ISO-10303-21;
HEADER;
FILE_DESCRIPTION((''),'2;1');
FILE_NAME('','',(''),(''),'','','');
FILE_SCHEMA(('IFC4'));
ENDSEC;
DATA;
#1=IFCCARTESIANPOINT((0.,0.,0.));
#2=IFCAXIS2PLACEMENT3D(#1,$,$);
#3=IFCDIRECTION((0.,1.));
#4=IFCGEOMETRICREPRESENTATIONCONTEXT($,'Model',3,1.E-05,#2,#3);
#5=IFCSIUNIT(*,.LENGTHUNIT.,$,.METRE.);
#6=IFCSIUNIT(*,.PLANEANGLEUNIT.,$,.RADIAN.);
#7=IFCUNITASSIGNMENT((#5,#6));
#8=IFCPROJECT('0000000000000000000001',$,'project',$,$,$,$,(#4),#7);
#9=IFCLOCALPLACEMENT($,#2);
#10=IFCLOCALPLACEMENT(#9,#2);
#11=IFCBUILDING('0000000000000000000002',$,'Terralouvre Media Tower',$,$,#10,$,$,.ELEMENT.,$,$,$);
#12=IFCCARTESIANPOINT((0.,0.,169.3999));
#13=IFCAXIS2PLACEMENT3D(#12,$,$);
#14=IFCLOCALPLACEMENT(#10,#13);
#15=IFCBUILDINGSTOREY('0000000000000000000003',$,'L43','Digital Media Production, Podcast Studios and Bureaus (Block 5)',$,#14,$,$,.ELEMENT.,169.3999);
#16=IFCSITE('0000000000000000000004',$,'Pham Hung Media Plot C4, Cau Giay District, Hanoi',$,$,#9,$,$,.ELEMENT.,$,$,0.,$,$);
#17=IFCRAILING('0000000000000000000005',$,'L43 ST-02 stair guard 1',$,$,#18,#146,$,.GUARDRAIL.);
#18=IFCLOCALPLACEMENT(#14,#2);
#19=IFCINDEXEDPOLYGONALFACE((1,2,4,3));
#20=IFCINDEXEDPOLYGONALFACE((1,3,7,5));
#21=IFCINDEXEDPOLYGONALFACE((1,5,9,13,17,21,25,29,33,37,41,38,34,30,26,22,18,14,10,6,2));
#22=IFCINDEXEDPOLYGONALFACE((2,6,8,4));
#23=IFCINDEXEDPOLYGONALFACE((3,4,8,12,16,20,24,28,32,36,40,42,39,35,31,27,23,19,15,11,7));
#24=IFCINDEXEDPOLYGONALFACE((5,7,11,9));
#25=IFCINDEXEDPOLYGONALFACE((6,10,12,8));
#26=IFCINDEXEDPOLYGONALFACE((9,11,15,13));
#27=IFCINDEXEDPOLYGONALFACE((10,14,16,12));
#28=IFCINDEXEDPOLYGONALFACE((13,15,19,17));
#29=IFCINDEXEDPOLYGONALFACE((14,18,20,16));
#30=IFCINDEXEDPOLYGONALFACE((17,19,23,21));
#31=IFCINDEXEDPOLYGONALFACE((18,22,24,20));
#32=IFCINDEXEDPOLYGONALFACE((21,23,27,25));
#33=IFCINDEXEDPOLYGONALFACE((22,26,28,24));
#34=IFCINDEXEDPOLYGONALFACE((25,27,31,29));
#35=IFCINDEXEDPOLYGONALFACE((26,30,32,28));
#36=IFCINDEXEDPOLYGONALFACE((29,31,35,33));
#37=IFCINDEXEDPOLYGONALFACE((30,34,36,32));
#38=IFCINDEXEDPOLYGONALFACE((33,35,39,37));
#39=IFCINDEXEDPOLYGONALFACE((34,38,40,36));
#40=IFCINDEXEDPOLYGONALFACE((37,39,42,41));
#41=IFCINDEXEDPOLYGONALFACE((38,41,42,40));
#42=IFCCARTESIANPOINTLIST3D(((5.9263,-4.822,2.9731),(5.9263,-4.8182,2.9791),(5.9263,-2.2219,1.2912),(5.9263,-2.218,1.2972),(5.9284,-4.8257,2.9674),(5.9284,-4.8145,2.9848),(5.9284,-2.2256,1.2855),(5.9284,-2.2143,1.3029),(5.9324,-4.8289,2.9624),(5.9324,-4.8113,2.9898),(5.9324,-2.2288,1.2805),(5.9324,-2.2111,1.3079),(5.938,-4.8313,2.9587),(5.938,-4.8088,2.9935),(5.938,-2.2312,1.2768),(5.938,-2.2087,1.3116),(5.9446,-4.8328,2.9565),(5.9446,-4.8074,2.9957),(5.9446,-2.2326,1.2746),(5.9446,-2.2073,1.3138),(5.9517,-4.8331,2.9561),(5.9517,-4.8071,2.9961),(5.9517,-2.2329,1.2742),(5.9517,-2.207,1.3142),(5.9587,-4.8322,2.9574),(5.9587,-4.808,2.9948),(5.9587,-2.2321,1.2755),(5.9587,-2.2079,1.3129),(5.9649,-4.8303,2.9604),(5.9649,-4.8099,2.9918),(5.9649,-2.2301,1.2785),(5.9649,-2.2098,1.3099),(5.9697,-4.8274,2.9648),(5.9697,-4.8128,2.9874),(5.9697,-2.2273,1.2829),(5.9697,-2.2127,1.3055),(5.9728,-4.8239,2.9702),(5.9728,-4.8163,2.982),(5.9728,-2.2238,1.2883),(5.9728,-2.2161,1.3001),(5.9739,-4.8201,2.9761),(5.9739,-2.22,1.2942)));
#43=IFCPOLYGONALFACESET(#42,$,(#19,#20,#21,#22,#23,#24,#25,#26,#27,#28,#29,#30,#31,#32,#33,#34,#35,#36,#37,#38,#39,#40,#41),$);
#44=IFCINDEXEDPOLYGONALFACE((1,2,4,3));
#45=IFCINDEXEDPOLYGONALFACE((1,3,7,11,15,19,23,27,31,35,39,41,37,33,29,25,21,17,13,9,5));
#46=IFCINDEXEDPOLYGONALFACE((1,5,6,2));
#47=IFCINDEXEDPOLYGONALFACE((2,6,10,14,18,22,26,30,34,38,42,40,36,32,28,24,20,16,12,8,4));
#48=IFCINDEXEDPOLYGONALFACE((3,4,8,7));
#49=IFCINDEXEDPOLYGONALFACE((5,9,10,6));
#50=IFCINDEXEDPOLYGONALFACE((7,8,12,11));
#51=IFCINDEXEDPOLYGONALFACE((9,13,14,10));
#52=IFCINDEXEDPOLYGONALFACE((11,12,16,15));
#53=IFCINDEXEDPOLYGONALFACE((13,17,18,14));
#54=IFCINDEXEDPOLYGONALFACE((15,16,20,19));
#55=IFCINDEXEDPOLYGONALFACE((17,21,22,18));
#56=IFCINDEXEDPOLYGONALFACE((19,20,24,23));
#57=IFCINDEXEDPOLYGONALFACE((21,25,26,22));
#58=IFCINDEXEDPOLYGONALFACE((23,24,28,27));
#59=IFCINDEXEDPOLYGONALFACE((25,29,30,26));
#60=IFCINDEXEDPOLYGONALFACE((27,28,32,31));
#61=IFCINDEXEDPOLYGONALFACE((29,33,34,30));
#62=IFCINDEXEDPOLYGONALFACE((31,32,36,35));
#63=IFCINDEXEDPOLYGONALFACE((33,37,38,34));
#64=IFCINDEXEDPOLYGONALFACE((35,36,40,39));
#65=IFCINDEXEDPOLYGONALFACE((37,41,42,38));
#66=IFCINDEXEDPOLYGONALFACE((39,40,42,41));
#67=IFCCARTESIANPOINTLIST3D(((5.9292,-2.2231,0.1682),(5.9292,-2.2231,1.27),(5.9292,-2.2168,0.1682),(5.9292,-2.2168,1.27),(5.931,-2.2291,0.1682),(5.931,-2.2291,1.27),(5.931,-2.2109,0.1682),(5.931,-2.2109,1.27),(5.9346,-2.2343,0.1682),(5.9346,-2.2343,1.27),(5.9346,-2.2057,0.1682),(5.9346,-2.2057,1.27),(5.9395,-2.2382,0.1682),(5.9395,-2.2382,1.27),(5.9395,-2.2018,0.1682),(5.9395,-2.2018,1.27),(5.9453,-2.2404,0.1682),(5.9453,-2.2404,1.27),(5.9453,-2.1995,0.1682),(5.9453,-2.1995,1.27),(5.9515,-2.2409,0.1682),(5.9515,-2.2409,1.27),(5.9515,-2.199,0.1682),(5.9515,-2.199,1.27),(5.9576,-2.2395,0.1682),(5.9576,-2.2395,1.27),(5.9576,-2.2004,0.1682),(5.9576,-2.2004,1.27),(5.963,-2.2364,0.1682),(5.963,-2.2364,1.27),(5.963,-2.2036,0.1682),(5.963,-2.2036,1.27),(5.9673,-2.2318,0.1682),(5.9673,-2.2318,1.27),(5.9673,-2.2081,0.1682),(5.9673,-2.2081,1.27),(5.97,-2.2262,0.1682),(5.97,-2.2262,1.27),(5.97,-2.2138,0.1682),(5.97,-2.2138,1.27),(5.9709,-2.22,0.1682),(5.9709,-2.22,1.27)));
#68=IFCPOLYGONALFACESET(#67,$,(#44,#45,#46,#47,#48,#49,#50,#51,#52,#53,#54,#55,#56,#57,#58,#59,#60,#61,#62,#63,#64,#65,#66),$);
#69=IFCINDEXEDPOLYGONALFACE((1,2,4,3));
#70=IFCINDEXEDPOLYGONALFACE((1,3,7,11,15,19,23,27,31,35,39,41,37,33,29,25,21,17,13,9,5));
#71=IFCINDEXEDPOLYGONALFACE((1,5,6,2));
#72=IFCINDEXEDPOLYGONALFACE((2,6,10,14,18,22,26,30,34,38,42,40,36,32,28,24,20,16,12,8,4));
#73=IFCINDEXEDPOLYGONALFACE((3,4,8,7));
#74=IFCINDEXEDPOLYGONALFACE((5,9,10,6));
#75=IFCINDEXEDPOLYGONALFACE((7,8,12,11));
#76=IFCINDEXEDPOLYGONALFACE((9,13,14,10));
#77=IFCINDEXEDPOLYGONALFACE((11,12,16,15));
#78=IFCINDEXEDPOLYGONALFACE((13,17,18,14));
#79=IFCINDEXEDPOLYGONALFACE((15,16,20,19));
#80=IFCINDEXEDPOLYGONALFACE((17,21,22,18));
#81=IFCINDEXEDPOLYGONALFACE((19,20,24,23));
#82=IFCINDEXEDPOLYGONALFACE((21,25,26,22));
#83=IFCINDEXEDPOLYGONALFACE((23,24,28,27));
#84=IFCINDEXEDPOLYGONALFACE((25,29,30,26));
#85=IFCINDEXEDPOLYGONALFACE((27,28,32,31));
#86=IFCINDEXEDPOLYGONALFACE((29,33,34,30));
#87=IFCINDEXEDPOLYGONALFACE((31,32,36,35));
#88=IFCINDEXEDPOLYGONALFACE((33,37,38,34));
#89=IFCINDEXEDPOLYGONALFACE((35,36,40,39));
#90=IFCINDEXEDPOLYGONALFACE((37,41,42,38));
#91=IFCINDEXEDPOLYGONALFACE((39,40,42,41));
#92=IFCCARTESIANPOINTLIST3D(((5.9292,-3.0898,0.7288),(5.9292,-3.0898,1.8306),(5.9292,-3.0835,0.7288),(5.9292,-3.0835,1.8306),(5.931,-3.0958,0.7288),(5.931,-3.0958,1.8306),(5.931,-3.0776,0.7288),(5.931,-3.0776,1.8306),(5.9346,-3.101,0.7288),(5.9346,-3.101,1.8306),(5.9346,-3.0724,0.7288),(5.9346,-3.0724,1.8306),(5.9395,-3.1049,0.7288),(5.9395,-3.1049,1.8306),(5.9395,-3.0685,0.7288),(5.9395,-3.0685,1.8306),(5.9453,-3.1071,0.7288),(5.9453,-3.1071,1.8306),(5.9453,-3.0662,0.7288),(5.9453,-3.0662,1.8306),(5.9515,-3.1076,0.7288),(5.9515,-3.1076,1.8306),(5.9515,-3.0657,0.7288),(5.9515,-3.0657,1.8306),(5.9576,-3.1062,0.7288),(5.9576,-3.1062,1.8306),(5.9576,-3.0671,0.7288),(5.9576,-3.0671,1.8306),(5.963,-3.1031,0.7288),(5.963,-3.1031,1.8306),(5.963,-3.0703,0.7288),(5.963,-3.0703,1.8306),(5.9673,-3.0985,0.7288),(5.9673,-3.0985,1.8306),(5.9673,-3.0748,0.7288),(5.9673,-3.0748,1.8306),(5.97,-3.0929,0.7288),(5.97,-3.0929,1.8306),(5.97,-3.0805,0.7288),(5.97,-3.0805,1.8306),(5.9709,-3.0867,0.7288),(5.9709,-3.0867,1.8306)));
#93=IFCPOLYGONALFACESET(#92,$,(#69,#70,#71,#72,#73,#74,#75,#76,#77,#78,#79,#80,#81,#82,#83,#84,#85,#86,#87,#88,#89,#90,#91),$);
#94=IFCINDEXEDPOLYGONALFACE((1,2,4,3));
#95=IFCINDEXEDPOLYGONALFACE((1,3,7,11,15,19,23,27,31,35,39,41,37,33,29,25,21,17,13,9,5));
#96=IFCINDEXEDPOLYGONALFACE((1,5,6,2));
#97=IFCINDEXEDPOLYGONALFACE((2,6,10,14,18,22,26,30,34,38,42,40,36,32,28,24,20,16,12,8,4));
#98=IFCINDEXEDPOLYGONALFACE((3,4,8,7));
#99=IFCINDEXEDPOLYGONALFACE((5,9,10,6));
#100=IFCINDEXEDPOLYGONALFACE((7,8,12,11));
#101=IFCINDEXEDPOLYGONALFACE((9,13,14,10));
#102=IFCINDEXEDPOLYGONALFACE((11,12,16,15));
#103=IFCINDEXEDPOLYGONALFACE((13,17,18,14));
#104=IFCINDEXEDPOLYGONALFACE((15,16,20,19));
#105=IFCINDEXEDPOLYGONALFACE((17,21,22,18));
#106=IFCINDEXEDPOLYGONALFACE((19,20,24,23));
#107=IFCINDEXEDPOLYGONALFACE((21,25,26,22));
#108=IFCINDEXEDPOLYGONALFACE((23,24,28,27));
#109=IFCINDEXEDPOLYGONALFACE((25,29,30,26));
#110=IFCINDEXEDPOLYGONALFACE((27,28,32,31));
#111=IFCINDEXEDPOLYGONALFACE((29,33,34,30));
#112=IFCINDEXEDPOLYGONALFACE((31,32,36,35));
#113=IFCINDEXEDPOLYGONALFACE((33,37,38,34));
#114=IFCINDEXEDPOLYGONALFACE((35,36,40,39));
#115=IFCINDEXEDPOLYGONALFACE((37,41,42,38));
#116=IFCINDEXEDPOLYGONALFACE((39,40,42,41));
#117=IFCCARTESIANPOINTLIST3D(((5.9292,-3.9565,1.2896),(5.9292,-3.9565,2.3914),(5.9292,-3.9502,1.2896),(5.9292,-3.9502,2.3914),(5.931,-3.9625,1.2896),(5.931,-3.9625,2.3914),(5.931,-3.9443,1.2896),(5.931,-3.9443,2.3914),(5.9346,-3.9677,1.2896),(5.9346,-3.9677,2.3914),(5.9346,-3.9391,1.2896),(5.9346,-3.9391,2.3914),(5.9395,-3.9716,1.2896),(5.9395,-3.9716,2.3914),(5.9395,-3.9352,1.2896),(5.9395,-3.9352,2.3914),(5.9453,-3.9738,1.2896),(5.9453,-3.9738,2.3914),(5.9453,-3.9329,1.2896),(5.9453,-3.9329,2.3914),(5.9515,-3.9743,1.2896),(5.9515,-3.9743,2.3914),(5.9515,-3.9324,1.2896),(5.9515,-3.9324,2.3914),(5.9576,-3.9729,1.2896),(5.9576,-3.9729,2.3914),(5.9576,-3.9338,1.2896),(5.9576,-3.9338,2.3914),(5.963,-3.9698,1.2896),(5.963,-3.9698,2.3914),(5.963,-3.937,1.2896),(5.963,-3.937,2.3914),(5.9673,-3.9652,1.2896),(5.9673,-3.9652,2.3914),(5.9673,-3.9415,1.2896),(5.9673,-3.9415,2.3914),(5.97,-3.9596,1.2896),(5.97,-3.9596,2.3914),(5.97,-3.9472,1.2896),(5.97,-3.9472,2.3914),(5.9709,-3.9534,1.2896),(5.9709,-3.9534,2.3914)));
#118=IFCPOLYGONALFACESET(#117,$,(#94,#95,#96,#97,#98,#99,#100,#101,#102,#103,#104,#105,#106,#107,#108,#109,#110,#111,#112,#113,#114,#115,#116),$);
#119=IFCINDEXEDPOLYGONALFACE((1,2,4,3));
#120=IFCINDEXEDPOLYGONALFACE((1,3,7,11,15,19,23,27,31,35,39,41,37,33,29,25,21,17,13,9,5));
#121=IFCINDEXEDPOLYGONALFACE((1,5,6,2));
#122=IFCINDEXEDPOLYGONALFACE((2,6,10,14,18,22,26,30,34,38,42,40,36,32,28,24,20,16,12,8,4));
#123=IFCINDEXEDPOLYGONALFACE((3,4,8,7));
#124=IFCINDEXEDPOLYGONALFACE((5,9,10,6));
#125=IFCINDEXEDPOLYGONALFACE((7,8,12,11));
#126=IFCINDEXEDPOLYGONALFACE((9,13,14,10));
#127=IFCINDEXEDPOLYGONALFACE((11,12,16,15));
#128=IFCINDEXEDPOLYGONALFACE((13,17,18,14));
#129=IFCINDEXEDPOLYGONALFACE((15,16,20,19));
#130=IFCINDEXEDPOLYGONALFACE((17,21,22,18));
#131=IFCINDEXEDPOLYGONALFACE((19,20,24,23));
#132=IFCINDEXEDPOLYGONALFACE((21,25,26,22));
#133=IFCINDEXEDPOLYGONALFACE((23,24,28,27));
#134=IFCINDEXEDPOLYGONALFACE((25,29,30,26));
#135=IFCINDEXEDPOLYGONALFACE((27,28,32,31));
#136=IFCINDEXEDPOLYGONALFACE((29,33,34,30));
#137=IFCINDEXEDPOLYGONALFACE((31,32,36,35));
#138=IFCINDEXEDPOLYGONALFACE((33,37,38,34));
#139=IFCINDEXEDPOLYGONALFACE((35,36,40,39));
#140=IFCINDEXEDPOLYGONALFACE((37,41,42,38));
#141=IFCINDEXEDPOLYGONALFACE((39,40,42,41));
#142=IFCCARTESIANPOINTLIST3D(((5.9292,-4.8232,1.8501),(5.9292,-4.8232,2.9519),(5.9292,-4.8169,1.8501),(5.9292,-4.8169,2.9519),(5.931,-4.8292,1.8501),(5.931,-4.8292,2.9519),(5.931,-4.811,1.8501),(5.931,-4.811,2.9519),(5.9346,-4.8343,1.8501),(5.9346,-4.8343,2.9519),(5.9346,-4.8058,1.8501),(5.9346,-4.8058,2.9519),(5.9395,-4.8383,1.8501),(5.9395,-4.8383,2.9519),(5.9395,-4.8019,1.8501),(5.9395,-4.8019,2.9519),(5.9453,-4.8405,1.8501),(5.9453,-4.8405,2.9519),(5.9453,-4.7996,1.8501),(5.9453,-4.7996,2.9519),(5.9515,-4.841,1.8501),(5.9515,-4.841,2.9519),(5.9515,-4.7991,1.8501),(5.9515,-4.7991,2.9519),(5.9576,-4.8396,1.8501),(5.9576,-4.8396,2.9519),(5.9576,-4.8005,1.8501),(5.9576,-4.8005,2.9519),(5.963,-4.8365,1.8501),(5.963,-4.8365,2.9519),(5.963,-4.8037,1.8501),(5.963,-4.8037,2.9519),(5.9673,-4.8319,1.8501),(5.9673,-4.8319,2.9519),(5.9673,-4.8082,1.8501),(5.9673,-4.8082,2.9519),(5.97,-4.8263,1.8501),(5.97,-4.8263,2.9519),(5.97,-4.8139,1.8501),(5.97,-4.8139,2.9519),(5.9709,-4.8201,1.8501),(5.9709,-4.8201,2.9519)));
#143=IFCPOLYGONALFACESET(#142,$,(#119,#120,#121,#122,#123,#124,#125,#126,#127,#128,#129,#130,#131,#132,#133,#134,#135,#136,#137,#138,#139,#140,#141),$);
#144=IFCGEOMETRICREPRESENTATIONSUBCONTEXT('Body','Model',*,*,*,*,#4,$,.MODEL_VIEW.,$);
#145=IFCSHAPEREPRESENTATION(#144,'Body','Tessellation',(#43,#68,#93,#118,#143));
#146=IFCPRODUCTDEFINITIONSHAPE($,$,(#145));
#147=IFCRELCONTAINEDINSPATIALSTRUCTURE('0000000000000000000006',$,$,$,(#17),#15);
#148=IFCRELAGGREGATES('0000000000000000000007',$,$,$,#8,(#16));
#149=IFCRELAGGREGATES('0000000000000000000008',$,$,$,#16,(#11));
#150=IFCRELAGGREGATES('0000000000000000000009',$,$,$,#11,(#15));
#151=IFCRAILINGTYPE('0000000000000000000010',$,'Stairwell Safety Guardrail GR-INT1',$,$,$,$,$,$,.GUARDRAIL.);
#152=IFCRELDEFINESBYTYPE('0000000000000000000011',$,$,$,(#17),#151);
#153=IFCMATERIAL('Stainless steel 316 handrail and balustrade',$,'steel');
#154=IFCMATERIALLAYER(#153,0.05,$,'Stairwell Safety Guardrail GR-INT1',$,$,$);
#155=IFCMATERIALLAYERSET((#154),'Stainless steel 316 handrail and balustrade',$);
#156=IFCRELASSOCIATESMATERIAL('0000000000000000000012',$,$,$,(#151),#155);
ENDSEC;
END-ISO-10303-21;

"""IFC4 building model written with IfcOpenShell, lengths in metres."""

from ifc_helpers import new_model, si_unit, direction, frame, origin, origin_2d, place, context, subcontext, project, spatial, circle, extrude, material, layer, layer_set, type_object, element, save


model = new_model("IFC4")

# Units and contexts
model_context = context("Model", 3, precision=1e-05, world=origin(), true_north=direction((0.0, 1.0)))
body_context = subcontext(model_context, "Body", "Model", "MODEL_VIEW")
ifc_project = project(units=[si_unit("LENGTHUNIT", "METRE"), si_unit("PLANEANGLEUNIT", "RADIAN")], contexts=[model_context])

# Site, building, storey
site_placement = place(None, origin())
site = spatial("IfcSite", under=ifc_project, at=site_placement, Name="Pham Hung Media Plot C4, Cau Giay District, Hanoi", CompositionType="ELEMENT", RefElevation=0.0)
building_placement = place(site_placement, origin())
building = spatial("IfcBuilding", under=site, at=building_placement, Name="Terralouvre Media Tower", CompositionType="ELEMENT")
storey_placement = place(building_placement, frame((0.0, 0.0, 169.3999)))
storey = spatial("IfcBuildingStorey", under=building, at=storey_placement, Name="L43", Description="Digital Media Production, Podcast Studios and Bureaus (Block 5)", CompositionType="ELEMENT", Elevation=169.3999)

# Railing
ifc_material_1 = material(Name="Stainless steel 316 handrail and balustrade", Category="steel")
ifc_layer_1 = layer(ifc_material_1, 0.05, Name="Stairwell Safety Guardrail GR-INT1")
ifc_layer_set_1 = layer_set([ifc_layer_1], Name="Stainless steel 316 handrail and balustrade")
railing_type_1 = type_object("IfcRailingType", Name="Stairwell Safety Guardrail GR-INT1", PredefinedType="GUARDRAIL", material=ifc_layer_set_1)
railing_1_placement = place(storey_placement, frame((5.95, -2.22, 0.1682)))
element("IfcRailing", 1, at=railing_1_placement, inside=storey, type_object=railing_type_1, Name="L43 ST-02 stair guard 1", PredefinedType="GUARDRAIL", context=body_context, shape_type="SweptSolid", body=[
    extrude(circle(Radius=0.0239, at=origin_2d()), frame((0.0, 0.0, 1.126), z_axis=(0.0, -0.839648, 0.54313), x_axis=(1.0, 0.0, 0.0)), (0.0, 0.0, 1.0), 3.0967),
    extrude(circle(Radius=0.021, at=origin_2d()), origin(), (0.0, 0.0, 1.0), 1.1018),
    extrude(circle(Radius=0.021, at=origin_2d()), frame((0.0, -0.8667, 0.5605)), (0.0, 0.0, 1.0), 1.1018),
    extrude(circle(Radius=0.021, at=origin_2d()), frame((0.0, -1.7334, 1.1213)), (0.0, 0.0, 1.0), 1.1018),
    extrude(circle(Radius=0.021, at=origin_2d()), frame((0.0, -2.6001, 1.6819)), (0.0, 0.0, 1.0), 1.1018),
])

save(model, "model.ifc")
